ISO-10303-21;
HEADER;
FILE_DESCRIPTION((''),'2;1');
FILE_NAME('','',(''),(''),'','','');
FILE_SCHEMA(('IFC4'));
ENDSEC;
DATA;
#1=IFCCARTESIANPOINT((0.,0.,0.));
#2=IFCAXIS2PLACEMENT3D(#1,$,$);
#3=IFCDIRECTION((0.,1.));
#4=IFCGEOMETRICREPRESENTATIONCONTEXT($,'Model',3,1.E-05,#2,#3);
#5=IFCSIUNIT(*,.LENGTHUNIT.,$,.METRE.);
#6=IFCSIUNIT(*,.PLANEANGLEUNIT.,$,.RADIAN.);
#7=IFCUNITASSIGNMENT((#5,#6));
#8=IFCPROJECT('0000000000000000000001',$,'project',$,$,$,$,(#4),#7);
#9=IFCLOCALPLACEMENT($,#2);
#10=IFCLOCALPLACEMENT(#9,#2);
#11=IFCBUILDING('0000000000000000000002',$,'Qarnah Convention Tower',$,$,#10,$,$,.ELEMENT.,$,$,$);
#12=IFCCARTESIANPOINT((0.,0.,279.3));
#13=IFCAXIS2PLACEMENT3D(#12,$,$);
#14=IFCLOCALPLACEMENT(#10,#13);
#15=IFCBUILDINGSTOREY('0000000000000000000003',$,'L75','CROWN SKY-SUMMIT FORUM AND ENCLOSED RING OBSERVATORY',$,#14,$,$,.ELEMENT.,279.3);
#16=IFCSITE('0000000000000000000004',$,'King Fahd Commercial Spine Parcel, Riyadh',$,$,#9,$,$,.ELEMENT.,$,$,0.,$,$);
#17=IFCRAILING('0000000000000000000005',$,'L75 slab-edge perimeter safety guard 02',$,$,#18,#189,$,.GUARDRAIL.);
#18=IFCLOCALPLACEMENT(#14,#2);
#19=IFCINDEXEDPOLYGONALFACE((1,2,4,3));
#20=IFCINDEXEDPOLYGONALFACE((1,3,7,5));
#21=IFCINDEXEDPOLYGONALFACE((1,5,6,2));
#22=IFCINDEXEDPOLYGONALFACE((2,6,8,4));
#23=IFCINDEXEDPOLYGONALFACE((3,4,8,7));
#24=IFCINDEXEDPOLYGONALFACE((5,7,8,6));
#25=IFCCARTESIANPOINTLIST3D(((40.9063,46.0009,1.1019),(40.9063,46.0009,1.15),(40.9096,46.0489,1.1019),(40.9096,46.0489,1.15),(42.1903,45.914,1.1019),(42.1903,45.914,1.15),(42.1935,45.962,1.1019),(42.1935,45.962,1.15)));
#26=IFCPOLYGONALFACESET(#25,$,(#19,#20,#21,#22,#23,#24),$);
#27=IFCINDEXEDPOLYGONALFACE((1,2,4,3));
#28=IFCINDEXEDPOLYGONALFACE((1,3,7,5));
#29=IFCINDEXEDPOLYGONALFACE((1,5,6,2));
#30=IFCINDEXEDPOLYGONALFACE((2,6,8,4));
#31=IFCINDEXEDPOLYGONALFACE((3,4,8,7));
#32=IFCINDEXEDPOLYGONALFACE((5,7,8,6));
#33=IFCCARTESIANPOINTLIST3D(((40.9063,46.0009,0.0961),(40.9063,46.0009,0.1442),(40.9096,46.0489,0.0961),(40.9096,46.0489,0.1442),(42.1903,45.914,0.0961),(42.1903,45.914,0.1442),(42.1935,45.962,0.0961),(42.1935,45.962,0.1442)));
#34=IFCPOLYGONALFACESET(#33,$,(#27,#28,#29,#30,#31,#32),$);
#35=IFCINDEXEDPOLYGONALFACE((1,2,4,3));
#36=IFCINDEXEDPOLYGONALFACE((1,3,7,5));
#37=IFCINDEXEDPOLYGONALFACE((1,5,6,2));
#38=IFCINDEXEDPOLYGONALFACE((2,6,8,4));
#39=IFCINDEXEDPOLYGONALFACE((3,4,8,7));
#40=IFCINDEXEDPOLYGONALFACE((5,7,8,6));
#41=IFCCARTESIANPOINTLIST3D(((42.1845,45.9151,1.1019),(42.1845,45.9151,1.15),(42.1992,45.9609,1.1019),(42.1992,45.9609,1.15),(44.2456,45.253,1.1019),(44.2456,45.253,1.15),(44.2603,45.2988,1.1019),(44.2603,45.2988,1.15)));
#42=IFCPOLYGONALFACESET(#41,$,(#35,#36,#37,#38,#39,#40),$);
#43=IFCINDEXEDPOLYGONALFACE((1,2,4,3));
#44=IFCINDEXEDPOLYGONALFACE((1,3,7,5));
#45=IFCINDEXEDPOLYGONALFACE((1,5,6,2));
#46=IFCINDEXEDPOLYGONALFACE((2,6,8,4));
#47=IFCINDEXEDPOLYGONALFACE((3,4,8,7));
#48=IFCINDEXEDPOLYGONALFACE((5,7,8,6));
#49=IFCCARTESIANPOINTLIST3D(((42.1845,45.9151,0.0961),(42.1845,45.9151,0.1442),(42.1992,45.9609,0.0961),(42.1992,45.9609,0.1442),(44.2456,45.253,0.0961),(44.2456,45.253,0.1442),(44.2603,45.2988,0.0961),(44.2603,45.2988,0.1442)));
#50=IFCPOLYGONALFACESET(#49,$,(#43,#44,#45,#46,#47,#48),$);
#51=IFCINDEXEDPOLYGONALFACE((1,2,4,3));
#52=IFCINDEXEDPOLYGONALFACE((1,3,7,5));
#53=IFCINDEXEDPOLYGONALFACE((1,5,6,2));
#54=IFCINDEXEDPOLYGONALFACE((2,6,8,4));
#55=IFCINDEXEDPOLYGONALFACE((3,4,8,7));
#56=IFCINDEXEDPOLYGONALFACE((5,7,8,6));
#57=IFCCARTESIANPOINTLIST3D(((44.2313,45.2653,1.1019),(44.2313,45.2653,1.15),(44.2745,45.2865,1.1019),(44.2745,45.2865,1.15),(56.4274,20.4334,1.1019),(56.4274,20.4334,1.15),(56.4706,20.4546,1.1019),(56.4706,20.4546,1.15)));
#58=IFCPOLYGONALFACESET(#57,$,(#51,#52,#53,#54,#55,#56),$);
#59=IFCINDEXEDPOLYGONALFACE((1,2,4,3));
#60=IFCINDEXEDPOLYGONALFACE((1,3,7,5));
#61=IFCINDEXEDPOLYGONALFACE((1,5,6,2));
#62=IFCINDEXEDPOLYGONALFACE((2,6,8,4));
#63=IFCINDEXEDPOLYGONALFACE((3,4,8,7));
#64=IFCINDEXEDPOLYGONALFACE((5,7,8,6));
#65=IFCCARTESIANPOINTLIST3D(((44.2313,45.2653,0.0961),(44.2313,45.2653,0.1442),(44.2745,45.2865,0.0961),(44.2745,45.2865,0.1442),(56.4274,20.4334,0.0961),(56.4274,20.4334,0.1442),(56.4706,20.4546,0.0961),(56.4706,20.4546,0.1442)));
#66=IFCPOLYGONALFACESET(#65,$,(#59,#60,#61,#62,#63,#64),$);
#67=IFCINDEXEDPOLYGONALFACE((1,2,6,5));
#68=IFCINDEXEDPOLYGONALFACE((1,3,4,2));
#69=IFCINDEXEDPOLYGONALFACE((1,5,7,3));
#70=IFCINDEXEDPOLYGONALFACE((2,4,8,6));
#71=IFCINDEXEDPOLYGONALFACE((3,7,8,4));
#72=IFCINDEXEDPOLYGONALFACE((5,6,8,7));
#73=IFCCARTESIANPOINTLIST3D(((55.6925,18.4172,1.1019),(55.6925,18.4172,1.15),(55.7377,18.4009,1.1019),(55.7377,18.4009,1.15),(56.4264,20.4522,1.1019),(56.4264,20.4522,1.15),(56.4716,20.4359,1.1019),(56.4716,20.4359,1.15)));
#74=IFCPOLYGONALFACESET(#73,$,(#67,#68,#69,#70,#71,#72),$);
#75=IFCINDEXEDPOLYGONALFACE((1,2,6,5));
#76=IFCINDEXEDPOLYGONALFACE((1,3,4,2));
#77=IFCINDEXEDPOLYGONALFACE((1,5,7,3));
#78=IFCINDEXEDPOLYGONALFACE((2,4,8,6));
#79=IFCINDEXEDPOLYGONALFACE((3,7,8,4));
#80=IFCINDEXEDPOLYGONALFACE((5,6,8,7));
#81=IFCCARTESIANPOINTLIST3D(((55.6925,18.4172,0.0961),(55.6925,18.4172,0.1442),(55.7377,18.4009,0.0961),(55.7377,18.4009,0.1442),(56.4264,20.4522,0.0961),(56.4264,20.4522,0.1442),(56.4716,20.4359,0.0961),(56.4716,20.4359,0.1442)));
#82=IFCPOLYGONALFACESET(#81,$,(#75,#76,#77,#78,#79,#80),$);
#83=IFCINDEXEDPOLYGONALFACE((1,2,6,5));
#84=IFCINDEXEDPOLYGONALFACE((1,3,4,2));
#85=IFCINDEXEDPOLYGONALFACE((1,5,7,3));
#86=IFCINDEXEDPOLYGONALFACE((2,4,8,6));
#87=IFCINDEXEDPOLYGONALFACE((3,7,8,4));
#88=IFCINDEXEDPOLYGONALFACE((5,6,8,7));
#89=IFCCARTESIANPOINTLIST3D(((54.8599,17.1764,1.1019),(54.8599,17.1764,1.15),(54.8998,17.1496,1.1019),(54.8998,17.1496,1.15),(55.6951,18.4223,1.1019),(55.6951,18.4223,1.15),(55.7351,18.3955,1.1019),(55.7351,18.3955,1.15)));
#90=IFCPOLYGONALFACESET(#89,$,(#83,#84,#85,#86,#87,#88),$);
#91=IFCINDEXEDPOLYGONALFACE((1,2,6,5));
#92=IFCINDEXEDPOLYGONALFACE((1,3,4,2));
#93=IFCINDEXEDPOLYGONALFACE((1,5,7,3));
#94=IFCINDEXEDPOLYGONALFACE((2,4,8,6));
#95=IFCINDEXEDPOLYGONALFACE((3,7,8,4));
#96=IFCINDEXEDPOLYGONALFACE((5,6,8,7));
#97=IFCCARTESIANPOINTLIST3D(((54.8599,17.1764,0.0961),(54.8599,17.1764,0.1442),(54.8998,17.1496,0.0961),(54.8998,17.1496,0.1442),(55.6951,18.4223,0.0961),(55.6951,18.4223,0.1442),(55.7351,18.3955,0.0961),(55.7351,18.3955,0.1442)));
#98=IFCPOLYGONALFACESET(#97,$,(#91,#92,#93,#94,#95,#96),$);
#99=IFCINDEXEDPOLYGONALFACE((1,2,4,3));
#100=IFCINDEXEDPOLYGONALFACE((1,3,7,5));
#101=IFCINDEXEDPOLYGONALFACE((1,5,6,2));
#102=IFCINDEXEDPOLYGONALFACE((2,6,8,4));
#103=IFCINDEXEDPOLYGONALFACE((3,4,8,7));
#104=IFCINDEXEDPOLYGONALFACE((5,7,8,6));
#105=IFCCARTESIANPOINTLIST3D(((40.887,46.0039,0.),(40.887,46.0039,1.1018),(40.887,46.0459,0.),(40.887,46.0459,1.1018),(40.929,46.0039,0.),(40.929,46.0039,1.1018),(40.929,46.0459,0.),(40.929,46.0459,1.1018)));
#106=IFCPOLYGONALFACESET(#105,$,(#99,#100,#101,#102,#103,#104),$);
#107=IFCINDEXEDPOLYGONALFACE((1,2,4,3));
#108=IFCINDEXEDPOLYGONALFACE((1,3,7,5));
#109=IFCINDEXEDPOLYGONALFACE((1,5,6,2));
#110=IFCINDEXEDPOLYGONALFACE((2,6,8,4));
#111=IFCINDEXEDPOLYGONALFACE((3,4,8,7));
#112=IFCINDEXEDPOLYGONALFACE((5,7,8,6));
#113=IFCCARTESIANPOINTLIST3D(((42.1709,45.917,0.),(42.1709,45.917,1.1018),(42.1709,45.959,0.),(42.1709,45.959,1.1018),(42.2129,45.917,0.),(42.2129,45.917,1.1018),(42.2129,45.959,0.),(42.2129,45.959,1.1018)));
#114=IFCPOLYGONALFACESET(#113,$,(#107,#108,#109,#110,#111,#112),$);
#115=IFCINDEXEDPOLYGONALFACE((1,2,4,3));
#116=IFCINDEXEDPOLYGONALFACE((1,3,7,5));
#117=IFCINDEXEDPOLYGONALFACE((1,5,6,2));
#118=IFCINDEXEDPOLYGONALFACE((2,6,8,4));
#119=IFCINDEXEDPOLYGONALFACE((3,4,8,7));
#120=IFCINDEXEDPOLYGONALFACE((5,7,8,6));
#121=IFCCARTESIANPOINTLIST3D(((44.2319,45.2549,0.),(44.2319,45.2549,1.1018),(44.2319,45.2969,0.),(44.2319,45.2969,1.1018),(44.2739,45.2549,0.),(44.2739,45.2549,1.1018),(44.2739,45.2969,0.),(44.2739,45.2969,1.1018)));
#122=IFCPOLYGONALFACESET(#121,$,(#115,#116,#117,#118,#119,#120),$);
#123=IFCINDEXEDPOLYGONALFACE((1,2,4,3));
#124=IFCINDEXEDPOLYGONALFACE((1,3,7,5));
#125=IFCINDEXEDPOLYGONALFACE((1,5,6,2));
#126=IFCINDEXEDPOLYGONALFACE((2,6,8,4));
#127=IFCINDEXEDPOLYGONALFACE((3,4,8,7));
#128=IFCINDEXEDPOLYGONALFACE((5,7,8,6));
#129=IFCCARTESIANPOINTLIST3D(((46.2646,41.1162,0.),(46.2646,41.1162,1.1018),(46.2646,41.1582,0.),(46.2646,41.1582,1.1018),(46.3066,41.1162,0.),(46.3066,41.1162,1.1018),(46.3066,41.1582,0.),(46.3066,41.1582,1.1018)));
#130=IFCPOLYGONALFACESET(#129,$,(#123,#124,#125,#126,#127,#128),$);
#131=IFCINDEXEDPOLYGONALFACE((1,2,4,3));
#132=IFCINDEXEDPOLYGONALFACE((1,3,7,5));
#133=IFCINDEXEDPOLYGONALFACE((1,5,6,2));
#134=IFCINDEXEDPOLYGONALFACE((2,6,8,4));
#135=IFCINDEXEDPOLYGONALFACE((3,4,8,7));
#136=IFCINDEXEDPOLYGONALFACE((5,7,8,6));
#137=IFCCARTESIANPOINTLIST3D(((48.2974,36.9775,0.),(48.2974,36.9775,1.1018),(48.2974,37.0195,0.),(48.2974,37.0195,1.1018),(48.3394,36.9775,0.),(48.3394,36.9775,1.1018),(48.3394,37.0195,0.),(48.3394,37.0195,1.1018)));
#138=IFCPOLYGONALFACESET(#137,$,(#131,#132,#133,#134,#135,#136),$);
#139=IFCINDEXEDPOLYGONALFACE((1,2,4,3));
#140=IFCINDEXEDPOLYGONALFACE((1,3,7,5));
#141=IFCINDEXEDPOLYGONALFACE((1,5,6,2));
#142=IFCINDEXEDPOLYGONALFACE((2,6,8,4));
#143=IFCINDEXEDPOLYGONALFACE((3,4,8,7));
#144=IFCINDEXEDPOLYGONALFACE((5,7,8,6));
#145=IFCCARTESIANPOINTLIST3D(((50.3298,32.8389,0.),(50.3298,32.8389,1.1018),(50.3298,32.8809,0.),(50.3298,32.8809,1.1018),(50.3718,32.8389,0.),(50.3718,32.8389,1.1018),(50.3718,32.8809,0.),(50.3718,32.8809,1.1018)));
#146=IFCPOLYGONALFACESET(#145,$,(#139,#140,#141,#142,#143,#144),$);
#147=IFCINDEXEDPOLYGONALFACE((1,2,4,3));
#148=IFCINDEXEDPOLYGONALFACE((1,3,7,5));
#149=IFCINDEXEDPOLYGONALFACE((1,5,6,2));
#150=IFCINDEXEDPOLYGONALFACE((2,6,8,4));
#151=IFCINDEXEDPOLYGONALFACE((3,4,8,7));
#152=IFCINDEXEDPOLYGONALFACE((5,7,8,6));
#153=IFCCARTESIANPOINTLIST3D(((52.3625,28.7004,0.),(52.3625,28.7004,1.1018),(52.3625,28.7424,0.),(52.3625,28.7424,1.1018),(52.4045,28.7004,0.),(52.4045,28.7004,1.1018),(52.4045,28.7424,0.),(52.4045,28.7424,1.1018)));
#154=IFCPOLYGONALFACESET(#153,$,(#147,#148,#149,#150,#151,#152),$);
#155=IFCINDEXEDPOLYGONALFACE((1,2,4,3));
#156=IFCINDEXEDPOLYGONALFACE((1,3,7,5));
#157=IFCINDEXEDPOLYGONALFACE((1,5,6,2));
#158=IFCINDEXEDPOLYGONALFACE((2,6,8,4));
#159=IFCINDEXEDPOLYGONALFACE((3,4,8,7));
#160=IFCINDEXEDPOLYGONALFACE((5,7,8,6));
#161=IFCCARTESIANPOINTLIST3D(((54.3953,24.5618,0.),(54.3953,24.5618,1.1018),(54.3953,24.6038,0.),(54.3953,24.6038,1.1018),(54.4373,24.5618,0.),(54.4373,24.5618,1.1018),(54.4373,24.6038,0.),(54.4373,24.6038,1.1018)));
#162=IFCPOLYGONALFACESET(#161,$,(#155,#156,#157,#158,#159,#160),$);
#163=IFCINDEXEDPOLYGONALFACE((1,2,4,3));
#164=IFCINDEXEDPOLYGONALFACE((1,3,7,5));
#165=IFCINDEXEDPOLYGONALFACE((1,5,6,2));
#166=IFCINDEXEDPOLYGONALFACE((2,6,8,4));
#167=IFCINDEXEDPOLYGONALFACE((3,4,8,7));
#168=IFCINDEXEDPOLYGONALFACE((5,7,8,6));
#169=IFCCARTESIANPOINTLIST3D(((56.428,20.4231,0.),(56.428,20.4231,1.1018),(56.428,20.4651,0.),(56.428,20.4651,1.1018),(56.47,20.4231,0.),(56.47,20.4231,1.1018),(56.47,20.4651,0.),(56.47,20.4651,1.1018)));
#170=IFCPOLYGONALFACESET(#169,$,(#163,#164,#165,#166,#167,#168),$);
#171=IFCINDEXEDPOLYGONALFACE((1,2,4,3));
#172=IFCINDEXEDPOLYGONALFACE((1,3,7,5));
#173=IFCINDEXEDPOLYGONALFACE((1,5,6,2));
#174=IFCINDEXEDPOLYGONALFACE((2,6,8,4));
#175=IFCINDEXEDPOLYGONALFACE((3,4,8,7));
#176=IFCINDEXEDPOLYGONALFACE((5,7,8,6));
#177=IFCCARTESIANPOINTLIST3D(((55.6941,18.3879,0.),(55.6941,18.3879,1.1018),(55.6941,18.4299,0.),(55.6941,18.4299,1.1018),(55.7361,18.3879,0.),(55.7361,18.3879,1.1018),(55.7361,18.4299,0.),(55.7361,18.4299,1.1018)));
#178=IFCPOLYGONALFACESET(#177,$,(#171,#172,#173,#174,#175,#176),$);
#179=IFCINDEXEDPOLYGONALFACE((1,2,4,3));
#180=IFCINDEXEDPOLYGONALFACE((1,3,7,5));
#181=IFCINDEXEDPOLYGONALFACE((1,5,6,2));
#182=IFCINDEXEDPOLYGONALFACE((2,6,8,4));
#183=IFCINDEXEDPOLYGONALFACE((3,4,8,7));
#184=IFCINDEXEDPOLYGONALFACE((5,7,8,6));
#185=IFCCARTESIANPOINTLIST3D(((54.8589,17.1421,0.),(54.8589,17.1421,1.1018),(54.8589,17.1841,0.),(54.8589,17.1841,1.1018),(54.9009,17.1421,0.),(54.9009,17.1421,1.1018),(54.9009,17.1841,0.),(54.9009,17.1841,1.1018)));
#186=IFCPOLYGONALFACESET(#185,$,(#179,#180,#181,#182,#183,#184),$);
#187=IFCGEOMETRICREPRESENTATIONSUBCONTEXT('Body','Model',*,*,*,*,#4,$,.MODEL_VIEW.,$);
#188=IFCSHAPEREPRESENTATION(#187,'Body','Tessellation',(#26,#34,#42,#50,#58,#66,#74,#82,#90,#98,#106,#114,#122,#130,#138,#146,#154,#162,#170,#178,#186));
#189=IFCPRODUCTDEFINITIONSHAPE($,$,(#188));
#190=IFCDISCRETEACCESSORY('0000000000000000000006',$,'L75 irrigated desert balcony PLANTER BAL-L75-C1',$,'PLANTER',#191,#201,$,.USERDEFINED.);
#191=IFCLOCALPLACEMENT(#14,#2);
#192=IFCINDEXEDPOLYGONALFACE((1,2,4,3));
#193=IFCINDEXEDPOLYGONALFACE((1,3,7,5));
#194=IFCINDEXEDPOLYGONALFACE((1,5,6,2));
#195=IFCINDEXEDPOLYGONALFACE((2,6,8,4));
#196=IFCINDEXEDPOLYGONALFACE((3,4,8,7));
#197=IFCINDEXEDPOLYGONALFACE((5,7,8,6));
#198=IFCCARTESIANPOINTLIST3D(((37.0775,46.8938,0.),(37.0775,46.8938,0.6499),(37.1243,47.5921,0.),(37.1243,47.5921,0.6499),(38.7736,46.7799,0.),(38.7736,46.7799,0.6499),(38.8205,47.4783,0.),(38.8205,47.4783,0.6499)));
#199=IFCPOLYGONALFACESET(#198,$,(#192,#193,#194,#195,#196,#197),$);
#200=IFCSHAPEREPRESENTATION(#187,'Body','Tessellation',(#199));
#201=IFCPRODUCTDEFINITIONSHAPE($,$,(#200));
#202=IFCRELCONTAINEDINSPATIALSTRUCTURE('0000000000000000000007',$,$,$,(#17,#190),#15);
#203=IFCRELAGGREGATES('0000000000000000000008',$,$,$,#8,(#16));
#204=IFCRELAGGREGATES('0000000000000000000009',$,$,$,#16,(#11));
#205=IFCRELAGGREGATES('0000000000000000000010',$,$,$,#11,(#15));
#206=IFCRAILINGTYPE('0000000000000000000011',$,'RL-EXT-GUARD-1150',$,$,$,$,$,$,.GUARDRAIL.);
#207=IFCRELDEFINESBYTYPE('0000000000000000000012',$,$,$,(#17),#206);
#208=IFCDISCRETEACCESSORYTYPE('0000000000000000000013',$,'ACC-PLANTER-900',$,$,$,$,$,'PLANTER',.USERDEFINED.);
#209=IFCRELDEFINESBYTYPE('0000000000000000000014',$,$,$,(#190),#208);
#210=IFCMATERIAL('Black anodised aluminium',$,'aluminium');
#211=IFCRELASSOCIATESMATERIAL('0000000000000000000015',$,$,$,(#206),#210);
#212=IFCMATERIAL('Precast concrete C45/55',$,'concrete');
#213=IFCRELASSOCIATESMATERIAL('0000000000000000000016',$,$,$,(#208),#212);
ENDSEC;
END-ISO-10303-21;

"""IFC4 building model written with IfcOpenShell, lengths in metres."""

from ifc_helpers import new_model, si_unit, direction, frame, origin, origin_2d, place, context, subcontext, project, spatial, rectangle, extrude, material, type_object, element, save


model = new_model("IFC4")

# Units and contexts
model_context = context("Model", 3, precision=1e-05, world=origin(), true_north=direction((0.0, 1.0)))
body_context = subcontext(model_context, "Body", "Model", "MODEL_VIEW")
ifc_project = project(units=[si_unit("LENGTHUNIT", "METRE"), si_unit("PLANEANGLEUNIT", "RADIAN")], contexts=[model_context])

# Site, building, storey
site_placement = place(None, origin())
site = spatial("IfcSite", under=ifc_project, at=site_placement, Name="King Fahd Commercial Spine Parcel, Riyadh", CompositionType="ELEMENT", RefElevation=0.0)
building_placement = place(site_placement, origin())
building = spatial("IfcBuilding", under=site, at=building_placement, Name="Qarnah Convention Tower", CompositionType="ELEMENT")
storey_placement = place(building_placement, frame((0.0, 0.0, 279.3)))
storey = spatial("IfcBuildingStorey", under=building, at=storey_placement, Name="L75", Description="CROWN SKY-SUMMIT FORUM AND ENCLOSED RING OBSERVATORY", CompositionType="ELEMENT", Elevation=279.3)

# Shared definitions
ifc_material_1 = material(Name="Black anodised aluminium", Category="aluminium")

# Railing
railing_type = type_object("IfcRailingType", Name="RL-EXT-GUARD-1150", PredefinedType="GUARDRAIL", material=ifc_material_1)
railing_placement = place(storey_placement, frame((40.908, 46.0249, 0.0)))
element("IfcRailing", 1, at=railing_placement, inside=storey, type_object=railing_type, Name="L75 slab-edge perimeter safety guard 02", PredefinedType="GUARDRAIL", context=body_context, shape_type="SweptSolid", body=[
    extrude(rectangle(XDim=0.0481, YDim=0.0481, at=origin_2d()), frame((0.0, 0.0, 1.126), z_axis=(0.997717, -0.067539, 0.0), x_axis=(0.067539, 0.997717, 0.0)), (0.0, 0.0, 1.0), 1.2869),
    extrude(rectangle(XDim=0.0481, YDim=0.0481, at=origin_2d()), frame((0.0, 0.0, 0.1201), z_axis=(0.997717, -0.067539, 0.0), x_axis=(0.067539, 0.997717, 0.0)), (0.0, 0.0, 1.0), 1.2869),
    extrude(rectangle(XDim=0.0481, YDim=0.0481, at=origin_2d()), frame((1.2839, -0.0869, 1.126), z_axis=(0.952078, -0.305856, 0.0), x_axis=(0.305856, 0.952078, 0.0)), (0.0, 0.0, 1.0), 2.1648),
    extrude(rectangle(XDim=0.0481, YDim=0.0481, at=origin_2d()), frame((1.2839, -0.0869, 0.1201), z_axis=(0.952078, -0.305856, 0.0), x_axis=(0.305856, 0.952078, 0.0)), (0.0, 0.0, 1.0), 2.1648),
    extrude(rectangle(XDim=0.0481, YDim=0.0481, at=origin_2d()), frame((3.345, -0.749, 1.126), z_axis=(0.440845, -0.897583, 0.0), x_axis=(0.897583, 0.440845, 0.0)), (0.0, 0.0, 1.0), 27.6653),
    extrude(rectangle(XDim=0.0481, YDim=0.0481, at=origin_2d()), frame((3.345, -0.749, 0.1201), z_axis=(0.440845, -0.897583, 0.0), x_axis=(0.897583, 0.440845, 0.0)), (0.0, 0.0, 1.0), 27.6653),
    extrude(rectangle(XDim=0.0481, YDim=0.0481, at=origin_2d()), frame((15.541, -25.5808, 1.126), z_axis=(-0.339223, -0.940706, 0.0), x_axis=(0.940706, -0.339223, 0.0)), (0.0, 0.0, 1.0), 2.1633),
    extrude(rectangle(XDim=0.0481, YDim=0.0481, at=origin_2d()), frame((15.541, -25.5808, 0.1201), z_axis=(-0.339223, -0.940706, 0.0), x_axis=(0.940706, -0.339223, 0.0)), (0.0, 0.0, 1.0), 2.1633),
    extrude(rectangle(XDim=0.0481, YDim=0.0481, at=origin_2d()), frame((14.8071, -27.616, 1.126), z_axis=(-0.556839, -0.83062, 0.0), x_axis=(0.83062, -0.556839, 0.0)), (0.0, 0.0, 1.0), 1.5),
    extrude(rectangle(XDim=0.0481, YDim=0.0481, at=origin_2d()), frame((14.8071, -27.616, 0.1201), z_axis=(-0.556839, -0.83062, 0.0), x_axis=(0.83062, -0.556839, 0.0)), (0.0, 0.0, 1.0), 1.5),
    extrude(rectangle(XDim=0.042, YDim=0.042, at=origin_2d()), origin(), (0.0, 0.0, 1.0), 1.1018),
    extrude(rectangle(XDim=0.042, YDim=0.042, at=origin_2d()), frame((1.2839, -0.0869, 0.0)), (0.0, 0.0, 1.0), 1.1018),
    extrude(rectangle(XDim=0.042, YDim=0.042, at=origin_2d()), frame((3.345, -0.749, 0.0)), (0.0, 0.0, 1.0), 1.1018),
    extrude(rectangle(XDim=0.042, YDim=0.042, at=origin_2d()), frame((5.3777, -4.8877, 0.0)), (0.0, 0.0, 1.0), 1.1018),
    extrude(rectangle(XDim=0.042, YDim=0.042, at=origin_2d()), frame((7.4104, -9.0264, 0.0)), (0.0, 0.0, 1.0), 1.1018),
    extrude(rectangle(XDim=0.042, YDim=0.042, at=origin_2d()), frame((9.4429, -13.165, 0.0)), (0.0, 0.0, 1.0), 1.1018),
    extrude(rectangle(XDim=0.042, YDim=0.042, at=origin_2d()), frame((11.4756, -17.3035, 0.0)), (0.0, 0.0, 1.0), 1.1018),
    extrude(rectangle(XDim=0.042, YDim=0.042, at=origin_2d()), frame((13.5083, -21.4421, 0.0)), (0.0, 0.0, 1.0), 1.1018),
    extrude(rectangle(XDim=0.042, YDim=0.042, at=origin_2d()), frame((15.541, -25.5808, 0.0)), (0.0, 0.0, 1.0), 1.1018),
    extrude(rectangle(XDim=0.042, YDim=0.042, at=origin_2d()), frame((14.8071, -27.616, 0.0)), (0.0, 0.0, 1.0), 1.1018),
    extrude(rectangle(XDim=0.042, YDim=0.042, at=origin_2d()), frame((13.9719, -28.8618, 0.0)), (0.0, 0.0, 1.0), 1.1018),
])

# Discrete accessory
ifc_material_2 = material(Name="Precast concrete C45/55", Category="concrete")
discrete_accessory_type = type_object("IfcDiscreteAccessoryType", Name="ACC-PLANTER-900", ElementType="PLANTER", PredefinedType="USERDEFINED", material=ifc_material_2)
discrete_accessory_placement = place(storey_placement, frame((37.949, 47.186, 0.0), z_axis=(0.0, 0.0, 1.0), x_axis=(-0.997755, 0.06697, 0.0)))
element("IfcDiscreteAccessory", 2, at=discrete_accessory_placement, inside=storey, type_object=discrete_accessory_type, Name="L75 irrigated desert balcony PLANTER BAL-L75-C1", ObjectType="PLANTER", PredefinedType="USERDEFINED", context=body_context, shape_type="SweptSolid", body=[
    extrude(rectangle(XDim=1.7, YDim=0.7, at=origin_2d()), origin(), (0.0, 0.0, 1.0), 0.6499),
])

save(model, "model.ifc")
